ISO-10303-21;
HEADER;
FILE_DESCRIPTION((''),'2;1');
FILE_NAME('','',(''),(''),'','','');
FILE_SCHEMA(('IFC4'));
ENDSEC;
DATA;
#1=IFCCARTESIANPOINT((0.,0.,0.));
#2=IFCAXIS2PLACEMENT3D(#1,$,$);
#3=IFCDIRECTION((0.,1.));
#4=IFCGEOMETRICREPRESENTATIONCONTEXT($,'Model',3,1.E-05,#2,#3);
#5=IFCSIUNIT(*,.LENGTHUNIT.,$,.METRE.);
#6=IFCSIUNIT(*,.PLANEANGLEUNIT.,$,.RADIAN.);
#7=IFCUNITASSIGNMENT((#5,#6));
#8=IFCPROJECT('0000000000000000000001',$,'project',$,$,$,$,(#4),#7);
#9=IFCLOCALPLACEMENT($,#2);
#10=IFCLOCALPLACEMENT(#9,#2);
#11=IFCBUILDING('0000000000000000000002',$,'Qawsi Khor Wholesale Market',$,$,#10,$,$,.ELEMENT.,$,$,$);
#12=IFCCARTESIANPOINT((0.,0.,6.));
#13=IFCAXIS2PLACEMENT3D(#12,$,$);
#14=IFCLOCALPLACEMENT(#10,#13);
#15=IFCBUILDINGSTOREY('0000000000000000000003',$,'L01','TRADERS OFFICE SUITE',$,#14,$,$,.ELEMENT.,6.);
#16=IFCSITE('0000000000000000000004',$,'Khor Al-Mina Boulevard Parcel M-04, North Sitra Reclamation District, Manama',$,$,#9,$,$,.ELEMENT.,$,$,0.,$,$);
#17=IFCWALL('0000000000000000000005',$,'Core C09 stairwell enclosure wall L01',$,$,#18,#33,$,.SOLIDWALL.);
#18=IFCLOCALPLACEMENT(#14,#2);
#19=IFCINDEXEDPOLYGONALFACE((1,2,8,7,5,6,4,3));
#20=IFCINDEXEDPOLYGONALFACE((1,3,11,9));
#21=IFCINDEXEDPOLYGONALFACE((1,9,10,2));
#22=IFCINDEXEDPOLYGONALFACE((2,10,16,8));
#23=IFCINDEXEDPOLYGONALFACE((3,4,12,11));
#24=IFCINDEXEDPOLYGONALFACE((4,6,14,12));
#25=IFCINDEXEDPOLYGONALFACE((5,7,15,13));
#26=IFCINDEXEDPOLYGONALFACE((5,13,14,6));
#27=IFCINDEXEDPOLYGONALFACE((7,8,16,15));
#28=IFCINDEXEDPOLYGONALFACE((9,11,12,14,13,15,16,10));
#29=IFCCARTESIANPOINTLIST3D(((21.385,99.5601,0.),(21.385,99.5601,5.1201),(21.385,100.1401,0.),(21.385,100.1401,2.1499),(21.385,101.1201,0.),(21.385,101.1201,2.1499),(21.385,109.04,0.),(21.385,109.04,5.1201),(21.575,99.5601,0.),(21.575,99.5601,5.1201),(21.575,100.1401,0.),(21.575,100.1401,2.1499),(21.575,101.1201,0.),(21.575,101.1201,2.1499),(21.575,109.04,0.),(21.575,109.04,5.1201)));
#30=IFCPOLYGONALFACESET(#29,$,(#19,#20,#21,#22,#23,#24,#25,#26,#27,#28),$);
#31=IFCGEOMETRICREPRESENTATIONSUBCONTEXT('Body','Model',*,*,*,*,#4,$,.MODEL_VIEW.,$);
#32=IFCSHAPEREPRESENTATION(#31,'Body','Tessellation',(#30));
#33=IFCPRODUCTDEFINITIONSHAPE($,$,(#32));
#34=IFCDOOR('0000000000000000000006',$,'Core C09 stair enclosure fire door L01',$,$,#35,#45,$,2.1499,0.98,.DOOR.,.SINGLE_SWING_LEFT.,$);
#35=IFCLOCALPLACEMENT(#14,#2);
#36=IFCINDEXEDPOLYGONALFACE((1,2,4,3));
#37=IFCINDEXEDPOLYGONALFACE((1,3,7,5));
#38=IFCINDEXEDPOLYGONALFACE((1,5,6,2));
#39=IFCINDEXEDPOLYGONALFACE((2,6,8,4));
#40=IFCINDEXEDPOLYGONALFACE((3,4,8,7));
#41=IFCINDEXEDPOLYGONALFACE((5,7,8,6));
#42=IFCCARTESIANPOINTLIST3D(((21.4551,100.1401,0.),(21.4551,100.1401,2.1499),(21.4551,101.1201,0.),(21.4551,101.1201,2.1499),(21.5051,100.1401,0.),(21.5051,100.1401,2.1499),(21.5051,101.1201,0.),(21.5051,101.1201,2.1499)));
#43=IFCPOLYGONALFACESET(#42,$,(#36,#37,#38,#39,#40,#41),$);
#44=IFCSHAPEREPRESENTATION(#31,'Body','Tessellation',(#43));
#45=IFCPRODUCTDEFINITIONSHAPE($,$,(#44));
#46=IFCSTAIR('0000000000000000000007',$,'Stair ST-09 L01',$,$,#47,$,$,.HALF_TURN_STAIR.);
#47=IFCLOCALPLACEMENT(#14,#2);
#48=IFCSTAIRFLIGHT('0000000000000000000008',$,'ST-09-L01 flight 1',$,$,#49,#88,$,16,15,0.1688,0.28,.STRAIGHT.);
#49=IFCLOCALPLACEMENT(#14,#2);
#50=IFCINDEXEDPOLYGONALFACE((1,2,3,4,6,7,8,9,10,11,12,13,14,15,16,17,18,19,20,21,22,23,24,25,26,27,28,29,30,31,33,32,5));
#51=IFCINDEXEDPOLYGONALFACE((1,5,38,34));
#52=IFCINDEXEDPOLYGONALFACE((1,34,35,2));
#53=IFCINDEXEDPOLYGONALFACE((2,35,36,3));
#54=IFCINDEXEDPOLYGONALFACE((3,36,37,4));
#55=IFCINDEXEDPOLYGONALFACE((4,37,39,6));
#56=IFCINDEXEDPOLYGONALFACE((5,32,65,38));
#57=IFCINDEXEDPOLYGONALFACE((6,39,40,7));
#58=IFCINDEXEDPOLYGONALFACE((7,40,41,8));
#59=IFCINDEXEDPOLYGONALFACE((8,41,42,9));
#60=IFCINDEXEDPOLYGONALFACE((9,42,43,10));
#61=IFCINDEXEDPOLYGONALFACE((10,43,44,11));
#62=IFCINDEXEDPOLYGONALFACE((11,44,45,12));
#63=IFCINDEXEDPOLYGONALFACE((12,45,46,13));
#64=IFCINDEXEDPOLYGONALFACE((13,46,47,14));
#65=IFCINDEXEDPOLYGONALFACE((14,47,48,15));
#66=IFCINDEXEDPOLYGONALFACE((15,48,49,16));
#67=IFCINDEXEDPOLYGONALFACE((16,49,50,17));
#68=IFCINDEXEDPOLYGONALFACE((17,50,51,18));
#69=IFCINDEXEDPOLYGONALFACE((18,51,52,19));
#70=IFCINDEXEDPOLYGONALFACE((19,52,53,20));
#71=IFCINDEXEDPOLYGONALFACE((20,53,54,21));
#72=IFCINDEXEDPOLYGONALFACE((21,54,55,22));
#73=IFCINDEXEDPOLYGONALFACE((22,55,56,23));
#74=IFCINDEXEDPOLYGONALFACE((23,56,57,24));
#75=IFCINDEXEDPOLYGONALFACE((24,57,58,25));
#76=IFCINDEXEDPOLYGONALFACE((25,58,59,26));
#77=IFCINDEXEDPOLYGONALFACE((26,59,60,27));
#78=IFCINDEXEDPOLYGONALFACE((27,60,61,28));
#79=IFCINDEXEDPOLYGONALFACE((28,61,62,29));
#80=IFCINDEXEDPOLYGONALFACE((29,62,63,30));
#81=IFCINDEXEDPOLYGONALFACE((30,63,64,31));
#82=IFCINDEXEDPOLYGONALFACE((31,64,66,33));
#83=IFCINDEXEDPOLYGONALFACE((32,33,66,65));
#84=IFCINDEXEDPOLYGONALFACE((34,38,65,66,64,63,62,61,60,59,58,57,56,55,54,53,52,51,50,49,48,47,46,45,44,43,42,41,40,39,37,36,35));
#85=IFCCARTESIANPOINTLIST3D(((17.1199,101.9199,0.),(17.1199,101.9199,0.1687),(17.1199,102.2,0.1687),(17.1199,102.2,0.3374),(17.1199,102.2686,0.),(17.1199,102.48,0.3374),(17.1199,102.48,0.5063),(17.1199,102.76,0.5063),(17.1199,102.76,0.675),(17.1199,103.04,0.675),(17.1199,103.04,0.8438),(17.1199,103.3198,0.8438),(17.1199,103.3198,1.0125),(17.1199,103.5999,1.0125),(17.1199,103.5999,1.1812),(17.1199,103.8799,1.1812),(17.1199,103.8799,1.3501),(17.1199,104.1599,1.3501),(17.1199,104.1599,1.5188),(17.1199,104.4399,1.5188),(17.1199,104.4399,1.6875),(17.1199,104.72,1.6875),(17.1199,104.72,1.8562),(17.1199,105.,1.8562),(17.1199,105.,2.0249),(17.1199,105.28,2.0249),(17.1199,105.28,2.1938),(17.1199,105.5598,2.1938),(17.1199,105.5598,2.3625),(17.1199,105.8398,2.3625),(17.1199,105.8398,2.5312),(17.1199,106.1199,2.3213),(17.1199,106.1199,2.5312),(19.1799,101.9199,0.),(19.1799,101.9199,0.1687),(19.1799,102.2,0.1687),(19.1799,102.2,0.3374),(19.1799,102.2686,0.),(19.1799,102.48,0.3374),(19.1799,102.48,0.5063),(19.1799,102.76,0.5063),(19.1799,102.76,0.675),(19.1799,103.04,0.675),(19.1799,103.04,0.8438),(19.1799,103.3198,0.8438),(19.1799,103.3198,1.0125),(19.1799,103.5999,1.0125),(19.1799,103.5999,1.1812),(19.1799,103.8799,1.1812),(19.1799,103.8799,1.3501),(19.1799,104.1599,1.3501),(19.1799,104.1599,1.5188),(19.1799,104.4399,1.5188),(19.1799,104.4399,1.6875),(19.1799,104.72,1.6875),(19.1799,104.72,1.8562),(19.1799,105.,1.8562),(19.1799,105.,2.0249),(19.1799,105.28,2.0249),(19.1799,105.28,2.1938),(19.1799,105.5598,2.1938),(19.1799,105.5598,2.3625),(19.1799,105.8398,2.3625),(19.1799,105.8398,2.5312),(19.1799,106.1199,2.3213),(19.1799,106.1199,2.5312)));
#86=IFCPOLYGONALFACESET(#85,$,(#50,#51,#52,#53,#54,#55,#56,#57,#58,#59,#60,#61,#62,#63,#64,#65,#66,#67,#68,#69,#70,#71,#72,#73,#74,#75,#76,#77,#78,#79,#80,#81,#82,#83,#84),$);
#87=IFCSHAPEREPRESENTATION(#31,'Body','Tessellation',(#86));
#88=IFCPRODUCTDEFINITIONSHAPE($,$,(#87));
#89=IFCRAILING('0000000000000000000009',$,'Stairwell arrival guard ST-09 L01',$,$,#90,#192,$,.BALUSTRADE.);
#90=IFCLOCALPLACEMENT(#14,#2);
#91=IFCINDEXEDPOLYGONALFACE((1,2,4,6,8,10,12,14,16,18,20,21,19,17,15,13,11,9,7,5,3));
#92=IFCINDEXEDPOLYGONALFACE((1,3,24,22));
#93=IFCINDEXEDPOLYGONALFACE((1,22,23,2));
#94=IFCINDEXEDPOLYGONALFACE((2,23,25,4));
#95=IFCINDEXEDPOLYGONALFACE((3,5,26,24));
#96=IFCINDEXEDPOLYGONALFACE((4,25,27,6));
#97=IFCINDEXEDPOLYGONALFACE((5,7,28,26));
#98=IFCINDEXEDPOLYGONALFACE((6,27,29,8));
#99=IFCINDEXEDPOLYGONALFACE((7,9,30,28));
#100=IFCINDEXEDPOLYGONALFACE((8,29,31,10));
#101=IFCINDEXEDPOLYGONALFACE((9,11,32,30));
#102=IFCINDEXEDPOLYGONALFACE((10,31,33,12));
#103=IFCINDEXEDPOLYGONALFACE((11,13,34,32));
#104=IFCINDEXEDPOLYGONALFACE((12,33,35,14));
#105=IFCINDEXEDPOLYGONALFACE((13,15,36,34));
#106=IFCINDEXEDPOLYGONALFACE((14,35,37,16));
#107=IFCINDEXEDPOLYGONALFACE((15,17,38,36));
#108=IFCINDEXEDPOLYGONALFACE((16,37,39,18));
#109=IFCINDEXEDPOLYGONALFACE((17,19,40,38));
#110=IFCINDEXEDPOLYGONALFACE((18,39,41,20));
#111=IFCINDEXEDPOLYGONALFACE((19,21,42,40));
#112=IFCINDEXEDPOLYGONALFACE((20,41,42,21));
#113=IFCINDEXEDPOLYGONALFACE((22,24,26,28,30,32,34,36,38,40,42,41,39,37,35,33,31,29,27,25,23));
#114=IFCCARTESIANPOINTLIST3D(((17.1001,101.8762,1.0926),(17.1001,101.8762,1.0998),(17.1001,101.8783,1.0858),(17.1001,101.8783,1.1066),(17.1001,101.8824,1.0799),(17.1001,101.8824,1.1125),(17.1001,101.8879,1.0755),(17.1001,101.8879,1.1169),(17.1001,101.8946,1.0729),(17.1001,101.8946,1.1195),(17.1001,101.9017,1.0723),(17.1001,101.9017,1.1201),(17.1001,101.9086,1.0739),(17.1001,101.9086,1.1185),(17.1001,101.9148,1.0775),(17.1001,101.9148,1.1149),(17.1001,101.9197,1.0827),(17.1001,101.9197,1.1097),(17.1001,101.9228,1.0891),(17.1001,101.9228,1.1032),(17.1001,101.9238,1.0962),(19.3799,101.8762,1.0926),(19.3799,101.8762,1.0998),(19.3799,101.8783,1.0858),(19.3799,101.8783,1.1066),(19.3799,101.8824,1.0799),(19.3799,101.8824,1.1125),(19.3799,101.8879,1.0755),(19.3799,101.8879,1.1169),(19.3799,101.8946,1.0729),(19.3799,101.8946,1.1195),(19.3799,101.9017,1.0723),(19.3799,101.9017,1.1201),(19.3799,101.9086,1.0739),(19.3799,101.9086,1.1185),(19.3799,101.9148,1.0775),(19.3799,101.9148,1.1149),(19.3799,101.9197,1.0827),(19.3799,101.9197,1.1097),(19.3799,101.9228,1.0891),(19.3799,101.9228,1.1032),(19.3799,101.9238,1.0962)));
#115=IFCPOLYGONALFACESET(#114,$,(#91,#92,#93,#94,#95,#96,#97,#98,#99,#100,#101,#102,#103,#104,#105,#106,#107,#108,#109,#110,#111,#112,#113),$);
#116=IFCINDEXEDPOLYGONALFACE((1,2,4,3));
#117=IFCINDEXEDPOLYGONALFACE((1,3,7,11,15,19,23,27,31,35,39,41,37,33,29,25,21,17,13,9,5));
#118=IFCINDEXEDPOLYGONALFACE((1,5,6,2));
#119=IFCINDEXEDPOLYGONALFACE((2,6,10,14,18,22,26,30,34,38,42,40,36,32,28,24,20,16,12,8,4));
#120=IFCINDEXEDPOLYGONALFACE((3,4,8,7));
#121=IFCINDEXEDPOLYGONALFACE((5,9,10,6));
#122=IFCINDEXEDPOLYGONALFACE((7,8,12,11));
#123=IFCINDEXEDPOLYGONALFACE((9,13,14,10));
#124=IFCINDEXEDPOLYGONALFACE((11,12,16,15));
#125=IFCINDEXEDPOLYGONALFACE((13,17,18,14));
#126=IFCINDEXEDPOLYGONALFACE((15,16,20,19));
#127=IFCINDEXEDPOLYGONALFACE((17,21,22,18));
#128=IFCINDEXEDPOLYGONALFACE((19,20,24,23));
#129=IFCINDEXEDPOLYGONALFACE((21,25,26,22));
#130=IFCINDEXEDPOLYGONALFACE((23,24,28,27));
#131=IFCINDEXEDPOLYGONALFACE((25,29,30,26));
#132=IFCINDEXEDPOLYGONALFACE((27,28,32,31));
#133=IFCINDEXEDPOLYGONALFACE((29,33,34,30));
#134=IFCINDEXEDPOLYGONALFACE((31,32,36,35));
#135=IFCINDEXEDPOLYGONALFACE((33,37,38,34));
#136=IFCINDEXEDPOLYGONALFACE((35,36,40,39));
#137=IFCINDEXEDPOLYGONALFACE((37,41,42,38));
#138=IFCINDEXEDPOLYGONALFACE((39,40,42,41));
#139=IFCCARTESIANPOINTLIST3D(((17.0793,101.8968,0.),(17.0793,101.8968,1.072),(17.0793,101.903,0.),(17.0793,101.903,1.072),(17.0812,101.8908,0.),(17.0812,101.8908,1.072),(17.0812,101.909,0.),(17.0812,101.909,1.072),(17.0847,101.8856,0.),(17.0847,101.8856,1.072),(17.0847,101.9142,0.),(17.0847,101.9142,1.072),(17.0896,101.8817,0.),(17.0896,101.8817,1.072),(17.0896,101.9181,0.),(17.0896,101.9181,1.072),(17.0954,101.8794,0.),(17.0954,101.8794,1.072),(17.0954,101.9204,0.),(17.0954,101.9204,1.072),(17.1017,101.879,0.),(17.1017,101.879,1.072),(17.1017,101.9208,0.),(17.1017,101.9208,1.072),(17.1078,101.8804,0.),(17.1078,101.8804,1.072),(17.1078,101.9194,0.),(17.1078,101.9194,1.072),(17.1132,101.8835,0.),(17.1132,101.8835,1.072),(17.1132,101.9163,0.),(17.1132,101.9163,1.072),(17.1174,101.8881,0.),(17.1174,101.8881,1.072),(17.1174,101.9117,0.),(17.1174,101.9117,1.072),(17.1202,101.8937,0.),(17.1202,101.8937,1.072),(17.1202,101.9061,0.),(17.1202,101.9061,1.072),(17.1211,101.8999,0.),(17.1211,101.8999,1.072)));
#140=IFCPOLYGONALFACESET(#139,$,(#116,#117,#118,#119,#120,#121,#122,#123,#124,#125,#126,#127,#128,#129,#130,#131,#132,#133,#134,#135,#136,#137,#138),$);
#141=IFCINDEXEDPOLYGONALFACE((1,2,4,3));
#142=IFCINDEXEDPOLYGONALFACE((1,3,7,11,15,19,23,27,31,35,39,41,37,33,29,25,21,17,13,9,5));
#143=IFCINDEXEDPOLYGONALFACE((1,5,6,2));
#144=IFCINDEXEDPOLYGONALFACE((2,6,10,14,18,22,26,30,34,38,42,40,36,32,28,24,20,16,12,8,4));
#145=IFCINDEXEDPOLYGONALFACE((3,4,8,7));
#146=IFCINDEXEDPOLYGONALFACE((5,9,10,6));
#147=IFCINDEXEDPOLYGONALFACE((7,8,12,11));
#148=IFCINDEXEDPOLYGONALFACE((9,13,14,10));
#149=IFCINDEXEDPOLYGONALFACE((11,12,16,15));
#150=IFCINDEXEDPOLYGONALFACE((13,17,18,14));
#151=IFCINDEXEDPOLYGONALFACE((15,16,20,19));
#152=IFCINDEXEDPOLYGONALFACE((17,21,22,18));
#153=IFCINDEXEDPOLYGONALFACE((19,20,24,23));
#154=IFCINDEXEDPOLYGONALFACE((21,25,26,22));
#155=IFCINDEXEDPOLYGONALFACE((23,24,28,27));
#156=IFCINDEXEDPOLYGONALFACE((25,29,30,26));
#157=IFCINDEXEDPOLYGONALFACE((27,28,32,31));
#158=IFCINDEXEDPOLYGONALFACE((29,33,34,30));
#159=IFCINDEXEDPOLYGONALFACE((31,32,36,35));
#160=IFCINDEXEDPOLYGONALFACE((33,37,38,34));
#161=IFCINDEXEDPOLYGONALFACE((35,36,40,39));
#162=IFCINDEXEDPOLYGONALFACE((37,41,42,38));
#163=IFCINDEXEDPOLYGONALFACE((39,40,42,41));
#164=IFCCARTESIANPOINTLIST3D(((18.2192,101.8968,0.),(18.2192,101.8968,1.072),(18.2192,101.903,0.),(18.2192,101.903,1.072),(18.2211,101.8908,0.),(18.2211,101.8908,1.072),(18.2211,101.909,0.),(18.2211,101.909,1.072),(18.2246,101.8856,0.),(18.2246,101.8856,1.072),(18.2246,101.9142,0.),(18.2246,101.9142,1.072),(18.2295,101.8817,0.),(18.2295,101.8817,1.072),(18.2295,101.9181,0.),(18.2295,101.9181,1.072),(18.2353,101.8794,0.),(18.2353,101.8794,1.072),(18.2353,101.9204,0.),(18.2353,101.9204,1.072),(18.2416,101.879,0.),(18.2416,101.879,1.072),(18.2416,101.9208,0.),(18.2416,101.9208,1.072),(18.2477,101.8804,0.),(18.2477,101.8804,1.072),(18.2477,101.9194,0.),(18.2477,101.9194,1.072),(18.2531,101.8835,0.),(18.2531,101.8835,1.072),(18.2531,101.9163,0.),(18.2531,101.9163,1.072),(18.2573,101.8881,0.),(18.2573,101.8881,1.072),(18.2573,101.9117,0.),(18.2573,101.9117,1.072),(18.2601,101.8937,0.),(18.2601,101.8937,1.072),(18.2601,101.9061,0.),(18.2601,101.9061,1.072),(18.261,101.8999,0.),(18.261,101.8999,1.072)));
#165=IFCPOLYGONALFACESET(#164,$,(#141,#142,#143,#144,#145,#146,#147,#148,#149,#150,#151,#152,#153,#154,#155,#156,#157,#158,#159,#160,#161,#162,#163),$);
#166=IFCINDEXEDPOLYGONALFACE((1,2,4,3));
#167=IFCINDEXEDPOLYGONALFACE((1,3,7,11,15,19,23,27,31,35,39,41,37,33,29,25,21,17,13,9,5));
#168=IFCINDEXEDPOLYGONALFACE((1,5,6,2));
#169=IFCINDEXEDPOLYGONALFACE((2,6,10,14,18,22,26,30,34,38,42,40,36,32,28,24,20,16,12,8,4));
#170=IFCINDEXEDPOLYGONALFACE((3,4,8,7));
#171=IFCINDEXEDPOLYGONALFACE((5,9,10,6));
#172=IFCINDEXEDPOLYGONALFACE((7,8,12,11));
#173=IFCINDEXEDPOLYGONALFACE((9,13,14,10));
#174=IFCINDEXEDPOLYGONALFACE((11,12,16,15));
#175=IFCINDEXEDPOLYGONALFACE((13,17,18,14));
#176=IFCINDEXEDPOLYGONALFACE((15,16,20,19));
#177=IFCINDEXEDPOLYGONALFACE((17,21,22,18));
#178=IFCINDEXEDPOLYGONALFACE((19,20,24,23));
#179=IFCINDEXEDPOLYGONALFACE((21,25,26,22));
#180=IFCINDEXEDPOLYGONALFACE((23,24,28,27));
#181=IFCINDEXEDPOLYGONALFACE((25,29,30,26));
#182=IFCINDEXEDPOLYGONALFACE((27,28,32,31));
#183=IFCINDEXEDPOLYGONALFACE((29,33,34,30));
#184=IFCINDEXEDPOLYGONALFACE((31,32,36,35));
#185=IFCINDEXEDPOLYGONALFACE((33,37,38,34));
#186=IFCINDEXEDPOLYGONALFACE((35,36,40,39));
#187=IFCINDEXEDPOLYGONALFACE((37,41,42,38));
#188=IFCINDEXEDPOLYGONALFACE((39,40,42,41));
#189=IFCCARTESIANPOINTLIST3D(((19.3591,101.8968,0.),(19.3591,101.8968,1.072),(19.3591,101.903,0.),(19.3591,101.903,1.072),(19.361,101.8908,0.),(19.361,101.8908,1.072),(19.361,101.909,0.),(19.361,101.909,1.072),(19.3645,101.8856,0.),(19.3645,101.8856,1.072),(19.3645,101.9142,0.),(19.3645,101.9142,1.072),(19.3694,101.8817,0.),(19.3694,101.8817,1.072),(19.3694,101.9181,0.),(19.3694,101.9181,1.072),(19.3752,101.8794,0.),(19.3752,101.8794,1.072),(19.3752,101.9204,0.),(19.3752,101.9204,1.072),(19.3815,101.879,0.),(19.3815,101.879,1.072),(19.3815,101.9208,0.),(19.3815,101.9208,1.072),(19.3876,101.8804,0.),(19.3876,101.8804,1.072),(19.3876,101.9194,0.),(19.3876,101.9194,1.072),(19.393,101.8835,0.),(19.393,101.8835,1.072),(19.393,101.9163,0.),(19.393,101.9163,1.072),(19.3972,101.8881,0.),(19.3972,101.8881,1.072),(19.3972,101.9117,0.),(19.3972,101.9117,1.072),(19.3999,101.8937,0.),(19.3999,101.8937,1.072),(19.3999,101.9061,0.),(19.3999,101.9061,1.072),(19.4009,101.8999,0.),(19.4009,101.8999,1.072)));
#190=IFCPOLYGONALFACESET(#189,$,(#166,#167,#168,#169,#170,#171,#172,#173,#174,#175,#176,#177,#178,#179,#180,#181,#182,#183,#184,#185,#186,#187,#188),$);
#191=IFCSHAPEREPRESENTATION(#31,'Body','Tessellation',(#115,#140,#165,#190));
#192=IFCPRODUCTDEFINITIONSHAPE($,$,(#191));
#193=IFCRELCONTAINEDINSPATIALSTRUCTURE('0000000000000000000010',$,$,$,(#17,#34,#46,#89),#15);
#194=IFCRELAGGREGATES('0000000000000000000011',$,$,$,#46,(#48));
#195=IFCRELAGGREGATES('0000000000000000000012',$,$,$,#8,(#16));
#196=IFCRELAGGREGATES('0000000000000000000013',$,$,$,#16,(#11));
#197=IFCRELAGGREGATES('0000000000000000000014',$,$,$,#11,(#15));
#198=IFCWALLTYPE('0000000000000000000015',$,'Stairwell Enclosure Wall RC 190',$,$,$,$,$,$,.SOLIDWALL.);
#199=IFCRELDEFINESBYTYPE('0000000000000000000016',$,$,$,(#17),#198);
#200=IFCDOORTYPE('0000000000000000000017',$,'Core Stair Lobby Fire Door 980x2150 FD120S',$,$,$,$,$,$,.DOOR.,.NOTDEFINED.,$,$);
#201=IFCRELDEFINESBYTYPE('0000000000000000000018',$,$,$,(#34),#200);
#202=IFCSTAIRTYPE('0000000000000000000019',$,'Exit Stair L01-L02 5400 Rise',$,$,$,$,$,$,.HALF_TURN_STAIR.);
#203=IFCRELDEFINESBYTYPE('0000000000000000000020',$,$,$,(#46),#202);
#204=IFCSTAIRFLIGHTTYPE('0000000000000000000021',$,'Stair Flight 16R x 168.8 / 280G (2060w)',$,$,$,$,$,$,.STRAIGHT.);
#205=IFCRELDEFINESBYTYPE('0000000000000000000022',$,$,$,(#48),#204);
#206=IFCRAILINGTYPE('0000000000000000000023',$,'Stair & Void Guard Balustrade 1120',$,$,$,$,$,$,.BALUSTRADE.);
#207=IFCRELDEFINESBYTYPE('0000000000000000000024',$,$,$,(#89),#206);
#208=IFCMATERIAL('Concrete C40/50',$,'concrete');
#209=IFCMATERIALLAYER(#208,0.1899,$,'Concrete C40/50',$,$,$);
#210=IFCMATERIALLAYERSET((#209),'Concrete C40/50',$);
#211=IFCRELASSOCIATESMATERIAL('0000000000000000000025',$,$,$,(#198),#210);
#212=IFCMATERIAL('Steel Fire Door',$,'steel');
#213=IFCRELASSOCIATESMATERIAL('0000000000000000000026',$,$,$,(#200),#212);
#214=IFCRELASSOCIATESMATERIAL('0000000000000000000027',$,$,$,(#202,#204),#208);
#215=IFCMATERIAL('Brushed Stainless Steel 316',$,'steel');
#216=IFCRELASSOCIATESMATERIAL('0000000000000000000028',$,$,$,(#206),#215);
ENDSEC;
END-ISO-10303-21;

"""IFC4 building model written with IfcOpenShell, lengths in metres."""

from ifc_helpers import new_model, si_unit, direction, frame, frame_2d, origin, origin_2d, place, context, subcontext, project, spatial, polyline, rectangle, circle, outline, extrude, material, layer, layer_set, type_object, element, fill, aggregate, save


model = new_model("IFC4")

# Units and contexts
model_context = context("Model", 3, precision=1e-05, world=origin(), true_north=direction((0.0, 1.0)))
body_context = subcontext(model_context, "Body", "Model", "MODEL_VIEW")
ifc_project = project(units=[si_unit("LENGTHUNIT", "METRE"), si_unit("PLANEANGLEUNIT", "RADIAN")], contexts=[model_context])

# Site, building, storey
site_placement = place(None, origin())
site = spatial("IfcSite", under=ifc_project, at=site_placement, Name="Khor Al-Mina Boulevard Parcel M-04, North Sitra Reclamation District, Manama", CompositionType="ELEMENT", RefElevation=0.0)
building_placement = place(site_placement, origin())
building = spatial("IfcBuilding", under=site, at=building_placement, Name="Qawsi Khor Wholesale Market", CompositionType="ELEMENT")
storey_placement = place(building_placement, frame((0.0, 0.0, 6.0)))
storey = spatial("IfcBuildingStorey", under=building, at=storey_placement, Name="L01", Description="TRADERS OFFICE SUITE", CompositionType="ELEMENT", Elevation=6.0)

# Shared definitions
ifc_material_1 = material(Name="Concrete C40/50", Category="concrete")

# Shared definitions
ifc_material_2 = material(Name="Steel Fire Door", Category="steel")

# Wall, opening, door
ifc_layer_1 = layer(ifc_material_1, 0.1899, Name="Concrete C40/50")
ifc_layer_set_1 = layer_set([ifc_layer_1], Name="Concrete C40/50")
wall_type_1 = type_object("IfcWallType", Name="Stairwell Enclosure Wall RC 190", PredefinedType="SOLIDWALL", material=ifc_layer_set_1)
wall_1_placement = place(storey_placement, frame((21.48, 99.5601, 0.0), z_axis=(0.0, 0.0, 1.0), x_axis=(0.0, 1.0, 0.0)))
wall_1 = element("IfcWall", 1, at=wall_1_placement, inside=storey, type_object=wall_type_1, Name="Core C09 stairwell enclosure wall L01", PredefinedType="SOLIDWALL", context=body_context, shape_type="SweptSolid", body=[
    extrude(rectangle(XDim=9.48, YDim=0.1899, at=frame_2d((4.74, 0.0))), origin(), (0.0, 0.0, 1.0), 5.1201),
])
opening_1_placement = place(wall_1_placement, frame((0.5801, 0.0, 0.0)))
opening_1 = element("IfcOpeningElement", 2, at=opening_1_placement, cuts=wall_1, PredefinedType="OPENING", context=body_context, shape_type="SweptSolid", body=[
    extrude(rectangle(XDim=0.98, YDim=2.1499, at=frame_2d((0.49, 1.075))), frame((0.0, 0.105, 0.0), z_axis=(0.0, -1.0, 0.0), x_axis=(1.0, 0.0, 0.0)), (0.0, 0.0, 1.0), 0.21),
])
door_type_1 = type_object("IfcDoorType", Name="Core Stair Lobby Fire Door 980x2150 FD120S", OperationType="NOTDEFINED", PredefinedType="DOOR", material=ifc_material_2)
door_1_placement = place(opening_1_placement, origin())
door_1 = element("IfcDoor", 3, at=door_1_placement, inside=storey, type_object=door_type_1, Name="Core C09 stair enclosure fire door L01", OperationType="SINGLE_SWING_LEFT", OverallHeight=2.1499, OverallWidth=0.98, PredefinedType="DOOR", context=body_context, shape_type="SweptSolid", body=[
    extrude(rectangle(XDim=0.98, YDim=2.1499, at=frame_2d((0.49, 1.075))), frame((0.0, 0.0249, 0.0), z_axis=(0.0, -1.0, 0.0), x_axis=(1.0, 0.0, 0.0)), (0.0, 0.0, 1.0), 0.05),
])
fill(opening_1, door_1)

# Stair, stair flight
stair_type = type_object("IfcStairType", Name="Exit Stair L01-L02 5400 Rise", PredefinedType="HALF_TURN_STAIR", material=ifc_material_1)
stair_placement = place(storey_placement, origin())
stair = element("IfcStair", 4, at=stair_placement, inside=storey, type_object=stair_type, Name="Stair ST-09 L01", PredefinedType="HALF_TURN_STAIR")
stair_flight_type = type_object("IfcStairFlightType", Name="Stair Flight 16R x 168.8 / 280G (2060w)", PredefinedType="STRAIGHT", material=ifc_material_1)
stair_flight_placement = place(storey_placement, frame((18.1499, 101.9199, 0.0), z_axis=(0.0, 0.0, 1.0), x_axis=(0.0, 1.0, 0.0)))
stair_flight = element("IfcStairFlight", 5, at=stair_flight_placement, type_object=stair_flight_type, Name="ST-09-L01 flight 1", NumberOfRisers=16, NumberOfTreads=15, PredefinedType="STRAIGHT", RiserHeight=0.1688, TreadLength=0.28, context=body_context, shape_type="SweptSolid", body=[
    extrude(outline(polyline([(0.0, 0.0), (0.0, 0.1687), (0.28, 0.1687), (0.28, 0.3374), (0.5601, 0.3374), (0.5601, 0.5063), (0.8401, 0.5063), (0.8401, 0.675), (1.1201, 0.675), (1.1201, 0.8438), (1.3999, 0.8438), (1.3999, 1.0125), (1.6799, 1.0125), (1.6799, 1.1812), (1.96, 1.1812), (1.96, 1.3501), (2.24, 1.3501), (2.24, 1.5188), (2.52, 1.5188), (2.52, 1.6875), (2.8, 1.6875), (2.8, 1.8562), (3.0801, 1.8562), (3.0801, 2.0249), (3.3601, 2.0249), (3.3601, 2.1938), (3.6399, 2.1938), (3.6399, 2.3625), (3.9199, 2.3625), (3.9199, 2.5312), (4.2, 2.5312), (4.2, 2.7), (4.2, 2.3213), (0.3486, 0.0), (0.0, 0.0)])), frame((0.0, 1.03, 0.0), z_axis=(0.0, -1.0, 0.0), x_axis=(1.0, 0.0, 0.0)), (0.0, 0.0, 1.0), 2.0601),
])
aggregate(stair, [stair_flight])

# Railing
ifc_material_3 = material(Name="Brushed Stainless Steel 316", Category="steel")
railing_type_1 = type_object("IfcRailingType", Name="Stair & Void Guard Balustrade 1120", PredefinedType="BALUSTRADE", material=ifc_material_3)
railing_1_placement = place(storey_placement, frame((17.1001, 101.8999, 0.0)))
element("IfcRailing", 6, at=railing_1_placement, inside=storey, type_object=railing_type_1, Name="Stairwell arrival guard ST-09 L01", PredefinedType="BALUSTRADE", context=body_context, shape_type="SweptSolid", body=[
    extrude(circle(Radius=0.0239, at=origin_2d()), frame((0.0, 0.0, 1.0962), z_axis=(1.0, 0.0, 0.0), x_axis=(0.0, 1.0, 0.0)), (0.0, 0.0, 1.0), 2.2798),
    extrude(circle(Radius=0.021, at=origin_2d()), origin(), (0.0, 0.0, 1.0), 1.072),
    extrude(circle(Radius=0.021, at=origin_2d()), frame((1.1399, 0.0, 0.0)), (0.0, 0.0, 1.0), 1.072),
    extrude(circle(Radius=0.021, at=origin_2d()), frame((2.2798, 0.0, 0.0)), (0.0, 0.0, 1.0), 1.072),
])

save(model, "model.ifc")
